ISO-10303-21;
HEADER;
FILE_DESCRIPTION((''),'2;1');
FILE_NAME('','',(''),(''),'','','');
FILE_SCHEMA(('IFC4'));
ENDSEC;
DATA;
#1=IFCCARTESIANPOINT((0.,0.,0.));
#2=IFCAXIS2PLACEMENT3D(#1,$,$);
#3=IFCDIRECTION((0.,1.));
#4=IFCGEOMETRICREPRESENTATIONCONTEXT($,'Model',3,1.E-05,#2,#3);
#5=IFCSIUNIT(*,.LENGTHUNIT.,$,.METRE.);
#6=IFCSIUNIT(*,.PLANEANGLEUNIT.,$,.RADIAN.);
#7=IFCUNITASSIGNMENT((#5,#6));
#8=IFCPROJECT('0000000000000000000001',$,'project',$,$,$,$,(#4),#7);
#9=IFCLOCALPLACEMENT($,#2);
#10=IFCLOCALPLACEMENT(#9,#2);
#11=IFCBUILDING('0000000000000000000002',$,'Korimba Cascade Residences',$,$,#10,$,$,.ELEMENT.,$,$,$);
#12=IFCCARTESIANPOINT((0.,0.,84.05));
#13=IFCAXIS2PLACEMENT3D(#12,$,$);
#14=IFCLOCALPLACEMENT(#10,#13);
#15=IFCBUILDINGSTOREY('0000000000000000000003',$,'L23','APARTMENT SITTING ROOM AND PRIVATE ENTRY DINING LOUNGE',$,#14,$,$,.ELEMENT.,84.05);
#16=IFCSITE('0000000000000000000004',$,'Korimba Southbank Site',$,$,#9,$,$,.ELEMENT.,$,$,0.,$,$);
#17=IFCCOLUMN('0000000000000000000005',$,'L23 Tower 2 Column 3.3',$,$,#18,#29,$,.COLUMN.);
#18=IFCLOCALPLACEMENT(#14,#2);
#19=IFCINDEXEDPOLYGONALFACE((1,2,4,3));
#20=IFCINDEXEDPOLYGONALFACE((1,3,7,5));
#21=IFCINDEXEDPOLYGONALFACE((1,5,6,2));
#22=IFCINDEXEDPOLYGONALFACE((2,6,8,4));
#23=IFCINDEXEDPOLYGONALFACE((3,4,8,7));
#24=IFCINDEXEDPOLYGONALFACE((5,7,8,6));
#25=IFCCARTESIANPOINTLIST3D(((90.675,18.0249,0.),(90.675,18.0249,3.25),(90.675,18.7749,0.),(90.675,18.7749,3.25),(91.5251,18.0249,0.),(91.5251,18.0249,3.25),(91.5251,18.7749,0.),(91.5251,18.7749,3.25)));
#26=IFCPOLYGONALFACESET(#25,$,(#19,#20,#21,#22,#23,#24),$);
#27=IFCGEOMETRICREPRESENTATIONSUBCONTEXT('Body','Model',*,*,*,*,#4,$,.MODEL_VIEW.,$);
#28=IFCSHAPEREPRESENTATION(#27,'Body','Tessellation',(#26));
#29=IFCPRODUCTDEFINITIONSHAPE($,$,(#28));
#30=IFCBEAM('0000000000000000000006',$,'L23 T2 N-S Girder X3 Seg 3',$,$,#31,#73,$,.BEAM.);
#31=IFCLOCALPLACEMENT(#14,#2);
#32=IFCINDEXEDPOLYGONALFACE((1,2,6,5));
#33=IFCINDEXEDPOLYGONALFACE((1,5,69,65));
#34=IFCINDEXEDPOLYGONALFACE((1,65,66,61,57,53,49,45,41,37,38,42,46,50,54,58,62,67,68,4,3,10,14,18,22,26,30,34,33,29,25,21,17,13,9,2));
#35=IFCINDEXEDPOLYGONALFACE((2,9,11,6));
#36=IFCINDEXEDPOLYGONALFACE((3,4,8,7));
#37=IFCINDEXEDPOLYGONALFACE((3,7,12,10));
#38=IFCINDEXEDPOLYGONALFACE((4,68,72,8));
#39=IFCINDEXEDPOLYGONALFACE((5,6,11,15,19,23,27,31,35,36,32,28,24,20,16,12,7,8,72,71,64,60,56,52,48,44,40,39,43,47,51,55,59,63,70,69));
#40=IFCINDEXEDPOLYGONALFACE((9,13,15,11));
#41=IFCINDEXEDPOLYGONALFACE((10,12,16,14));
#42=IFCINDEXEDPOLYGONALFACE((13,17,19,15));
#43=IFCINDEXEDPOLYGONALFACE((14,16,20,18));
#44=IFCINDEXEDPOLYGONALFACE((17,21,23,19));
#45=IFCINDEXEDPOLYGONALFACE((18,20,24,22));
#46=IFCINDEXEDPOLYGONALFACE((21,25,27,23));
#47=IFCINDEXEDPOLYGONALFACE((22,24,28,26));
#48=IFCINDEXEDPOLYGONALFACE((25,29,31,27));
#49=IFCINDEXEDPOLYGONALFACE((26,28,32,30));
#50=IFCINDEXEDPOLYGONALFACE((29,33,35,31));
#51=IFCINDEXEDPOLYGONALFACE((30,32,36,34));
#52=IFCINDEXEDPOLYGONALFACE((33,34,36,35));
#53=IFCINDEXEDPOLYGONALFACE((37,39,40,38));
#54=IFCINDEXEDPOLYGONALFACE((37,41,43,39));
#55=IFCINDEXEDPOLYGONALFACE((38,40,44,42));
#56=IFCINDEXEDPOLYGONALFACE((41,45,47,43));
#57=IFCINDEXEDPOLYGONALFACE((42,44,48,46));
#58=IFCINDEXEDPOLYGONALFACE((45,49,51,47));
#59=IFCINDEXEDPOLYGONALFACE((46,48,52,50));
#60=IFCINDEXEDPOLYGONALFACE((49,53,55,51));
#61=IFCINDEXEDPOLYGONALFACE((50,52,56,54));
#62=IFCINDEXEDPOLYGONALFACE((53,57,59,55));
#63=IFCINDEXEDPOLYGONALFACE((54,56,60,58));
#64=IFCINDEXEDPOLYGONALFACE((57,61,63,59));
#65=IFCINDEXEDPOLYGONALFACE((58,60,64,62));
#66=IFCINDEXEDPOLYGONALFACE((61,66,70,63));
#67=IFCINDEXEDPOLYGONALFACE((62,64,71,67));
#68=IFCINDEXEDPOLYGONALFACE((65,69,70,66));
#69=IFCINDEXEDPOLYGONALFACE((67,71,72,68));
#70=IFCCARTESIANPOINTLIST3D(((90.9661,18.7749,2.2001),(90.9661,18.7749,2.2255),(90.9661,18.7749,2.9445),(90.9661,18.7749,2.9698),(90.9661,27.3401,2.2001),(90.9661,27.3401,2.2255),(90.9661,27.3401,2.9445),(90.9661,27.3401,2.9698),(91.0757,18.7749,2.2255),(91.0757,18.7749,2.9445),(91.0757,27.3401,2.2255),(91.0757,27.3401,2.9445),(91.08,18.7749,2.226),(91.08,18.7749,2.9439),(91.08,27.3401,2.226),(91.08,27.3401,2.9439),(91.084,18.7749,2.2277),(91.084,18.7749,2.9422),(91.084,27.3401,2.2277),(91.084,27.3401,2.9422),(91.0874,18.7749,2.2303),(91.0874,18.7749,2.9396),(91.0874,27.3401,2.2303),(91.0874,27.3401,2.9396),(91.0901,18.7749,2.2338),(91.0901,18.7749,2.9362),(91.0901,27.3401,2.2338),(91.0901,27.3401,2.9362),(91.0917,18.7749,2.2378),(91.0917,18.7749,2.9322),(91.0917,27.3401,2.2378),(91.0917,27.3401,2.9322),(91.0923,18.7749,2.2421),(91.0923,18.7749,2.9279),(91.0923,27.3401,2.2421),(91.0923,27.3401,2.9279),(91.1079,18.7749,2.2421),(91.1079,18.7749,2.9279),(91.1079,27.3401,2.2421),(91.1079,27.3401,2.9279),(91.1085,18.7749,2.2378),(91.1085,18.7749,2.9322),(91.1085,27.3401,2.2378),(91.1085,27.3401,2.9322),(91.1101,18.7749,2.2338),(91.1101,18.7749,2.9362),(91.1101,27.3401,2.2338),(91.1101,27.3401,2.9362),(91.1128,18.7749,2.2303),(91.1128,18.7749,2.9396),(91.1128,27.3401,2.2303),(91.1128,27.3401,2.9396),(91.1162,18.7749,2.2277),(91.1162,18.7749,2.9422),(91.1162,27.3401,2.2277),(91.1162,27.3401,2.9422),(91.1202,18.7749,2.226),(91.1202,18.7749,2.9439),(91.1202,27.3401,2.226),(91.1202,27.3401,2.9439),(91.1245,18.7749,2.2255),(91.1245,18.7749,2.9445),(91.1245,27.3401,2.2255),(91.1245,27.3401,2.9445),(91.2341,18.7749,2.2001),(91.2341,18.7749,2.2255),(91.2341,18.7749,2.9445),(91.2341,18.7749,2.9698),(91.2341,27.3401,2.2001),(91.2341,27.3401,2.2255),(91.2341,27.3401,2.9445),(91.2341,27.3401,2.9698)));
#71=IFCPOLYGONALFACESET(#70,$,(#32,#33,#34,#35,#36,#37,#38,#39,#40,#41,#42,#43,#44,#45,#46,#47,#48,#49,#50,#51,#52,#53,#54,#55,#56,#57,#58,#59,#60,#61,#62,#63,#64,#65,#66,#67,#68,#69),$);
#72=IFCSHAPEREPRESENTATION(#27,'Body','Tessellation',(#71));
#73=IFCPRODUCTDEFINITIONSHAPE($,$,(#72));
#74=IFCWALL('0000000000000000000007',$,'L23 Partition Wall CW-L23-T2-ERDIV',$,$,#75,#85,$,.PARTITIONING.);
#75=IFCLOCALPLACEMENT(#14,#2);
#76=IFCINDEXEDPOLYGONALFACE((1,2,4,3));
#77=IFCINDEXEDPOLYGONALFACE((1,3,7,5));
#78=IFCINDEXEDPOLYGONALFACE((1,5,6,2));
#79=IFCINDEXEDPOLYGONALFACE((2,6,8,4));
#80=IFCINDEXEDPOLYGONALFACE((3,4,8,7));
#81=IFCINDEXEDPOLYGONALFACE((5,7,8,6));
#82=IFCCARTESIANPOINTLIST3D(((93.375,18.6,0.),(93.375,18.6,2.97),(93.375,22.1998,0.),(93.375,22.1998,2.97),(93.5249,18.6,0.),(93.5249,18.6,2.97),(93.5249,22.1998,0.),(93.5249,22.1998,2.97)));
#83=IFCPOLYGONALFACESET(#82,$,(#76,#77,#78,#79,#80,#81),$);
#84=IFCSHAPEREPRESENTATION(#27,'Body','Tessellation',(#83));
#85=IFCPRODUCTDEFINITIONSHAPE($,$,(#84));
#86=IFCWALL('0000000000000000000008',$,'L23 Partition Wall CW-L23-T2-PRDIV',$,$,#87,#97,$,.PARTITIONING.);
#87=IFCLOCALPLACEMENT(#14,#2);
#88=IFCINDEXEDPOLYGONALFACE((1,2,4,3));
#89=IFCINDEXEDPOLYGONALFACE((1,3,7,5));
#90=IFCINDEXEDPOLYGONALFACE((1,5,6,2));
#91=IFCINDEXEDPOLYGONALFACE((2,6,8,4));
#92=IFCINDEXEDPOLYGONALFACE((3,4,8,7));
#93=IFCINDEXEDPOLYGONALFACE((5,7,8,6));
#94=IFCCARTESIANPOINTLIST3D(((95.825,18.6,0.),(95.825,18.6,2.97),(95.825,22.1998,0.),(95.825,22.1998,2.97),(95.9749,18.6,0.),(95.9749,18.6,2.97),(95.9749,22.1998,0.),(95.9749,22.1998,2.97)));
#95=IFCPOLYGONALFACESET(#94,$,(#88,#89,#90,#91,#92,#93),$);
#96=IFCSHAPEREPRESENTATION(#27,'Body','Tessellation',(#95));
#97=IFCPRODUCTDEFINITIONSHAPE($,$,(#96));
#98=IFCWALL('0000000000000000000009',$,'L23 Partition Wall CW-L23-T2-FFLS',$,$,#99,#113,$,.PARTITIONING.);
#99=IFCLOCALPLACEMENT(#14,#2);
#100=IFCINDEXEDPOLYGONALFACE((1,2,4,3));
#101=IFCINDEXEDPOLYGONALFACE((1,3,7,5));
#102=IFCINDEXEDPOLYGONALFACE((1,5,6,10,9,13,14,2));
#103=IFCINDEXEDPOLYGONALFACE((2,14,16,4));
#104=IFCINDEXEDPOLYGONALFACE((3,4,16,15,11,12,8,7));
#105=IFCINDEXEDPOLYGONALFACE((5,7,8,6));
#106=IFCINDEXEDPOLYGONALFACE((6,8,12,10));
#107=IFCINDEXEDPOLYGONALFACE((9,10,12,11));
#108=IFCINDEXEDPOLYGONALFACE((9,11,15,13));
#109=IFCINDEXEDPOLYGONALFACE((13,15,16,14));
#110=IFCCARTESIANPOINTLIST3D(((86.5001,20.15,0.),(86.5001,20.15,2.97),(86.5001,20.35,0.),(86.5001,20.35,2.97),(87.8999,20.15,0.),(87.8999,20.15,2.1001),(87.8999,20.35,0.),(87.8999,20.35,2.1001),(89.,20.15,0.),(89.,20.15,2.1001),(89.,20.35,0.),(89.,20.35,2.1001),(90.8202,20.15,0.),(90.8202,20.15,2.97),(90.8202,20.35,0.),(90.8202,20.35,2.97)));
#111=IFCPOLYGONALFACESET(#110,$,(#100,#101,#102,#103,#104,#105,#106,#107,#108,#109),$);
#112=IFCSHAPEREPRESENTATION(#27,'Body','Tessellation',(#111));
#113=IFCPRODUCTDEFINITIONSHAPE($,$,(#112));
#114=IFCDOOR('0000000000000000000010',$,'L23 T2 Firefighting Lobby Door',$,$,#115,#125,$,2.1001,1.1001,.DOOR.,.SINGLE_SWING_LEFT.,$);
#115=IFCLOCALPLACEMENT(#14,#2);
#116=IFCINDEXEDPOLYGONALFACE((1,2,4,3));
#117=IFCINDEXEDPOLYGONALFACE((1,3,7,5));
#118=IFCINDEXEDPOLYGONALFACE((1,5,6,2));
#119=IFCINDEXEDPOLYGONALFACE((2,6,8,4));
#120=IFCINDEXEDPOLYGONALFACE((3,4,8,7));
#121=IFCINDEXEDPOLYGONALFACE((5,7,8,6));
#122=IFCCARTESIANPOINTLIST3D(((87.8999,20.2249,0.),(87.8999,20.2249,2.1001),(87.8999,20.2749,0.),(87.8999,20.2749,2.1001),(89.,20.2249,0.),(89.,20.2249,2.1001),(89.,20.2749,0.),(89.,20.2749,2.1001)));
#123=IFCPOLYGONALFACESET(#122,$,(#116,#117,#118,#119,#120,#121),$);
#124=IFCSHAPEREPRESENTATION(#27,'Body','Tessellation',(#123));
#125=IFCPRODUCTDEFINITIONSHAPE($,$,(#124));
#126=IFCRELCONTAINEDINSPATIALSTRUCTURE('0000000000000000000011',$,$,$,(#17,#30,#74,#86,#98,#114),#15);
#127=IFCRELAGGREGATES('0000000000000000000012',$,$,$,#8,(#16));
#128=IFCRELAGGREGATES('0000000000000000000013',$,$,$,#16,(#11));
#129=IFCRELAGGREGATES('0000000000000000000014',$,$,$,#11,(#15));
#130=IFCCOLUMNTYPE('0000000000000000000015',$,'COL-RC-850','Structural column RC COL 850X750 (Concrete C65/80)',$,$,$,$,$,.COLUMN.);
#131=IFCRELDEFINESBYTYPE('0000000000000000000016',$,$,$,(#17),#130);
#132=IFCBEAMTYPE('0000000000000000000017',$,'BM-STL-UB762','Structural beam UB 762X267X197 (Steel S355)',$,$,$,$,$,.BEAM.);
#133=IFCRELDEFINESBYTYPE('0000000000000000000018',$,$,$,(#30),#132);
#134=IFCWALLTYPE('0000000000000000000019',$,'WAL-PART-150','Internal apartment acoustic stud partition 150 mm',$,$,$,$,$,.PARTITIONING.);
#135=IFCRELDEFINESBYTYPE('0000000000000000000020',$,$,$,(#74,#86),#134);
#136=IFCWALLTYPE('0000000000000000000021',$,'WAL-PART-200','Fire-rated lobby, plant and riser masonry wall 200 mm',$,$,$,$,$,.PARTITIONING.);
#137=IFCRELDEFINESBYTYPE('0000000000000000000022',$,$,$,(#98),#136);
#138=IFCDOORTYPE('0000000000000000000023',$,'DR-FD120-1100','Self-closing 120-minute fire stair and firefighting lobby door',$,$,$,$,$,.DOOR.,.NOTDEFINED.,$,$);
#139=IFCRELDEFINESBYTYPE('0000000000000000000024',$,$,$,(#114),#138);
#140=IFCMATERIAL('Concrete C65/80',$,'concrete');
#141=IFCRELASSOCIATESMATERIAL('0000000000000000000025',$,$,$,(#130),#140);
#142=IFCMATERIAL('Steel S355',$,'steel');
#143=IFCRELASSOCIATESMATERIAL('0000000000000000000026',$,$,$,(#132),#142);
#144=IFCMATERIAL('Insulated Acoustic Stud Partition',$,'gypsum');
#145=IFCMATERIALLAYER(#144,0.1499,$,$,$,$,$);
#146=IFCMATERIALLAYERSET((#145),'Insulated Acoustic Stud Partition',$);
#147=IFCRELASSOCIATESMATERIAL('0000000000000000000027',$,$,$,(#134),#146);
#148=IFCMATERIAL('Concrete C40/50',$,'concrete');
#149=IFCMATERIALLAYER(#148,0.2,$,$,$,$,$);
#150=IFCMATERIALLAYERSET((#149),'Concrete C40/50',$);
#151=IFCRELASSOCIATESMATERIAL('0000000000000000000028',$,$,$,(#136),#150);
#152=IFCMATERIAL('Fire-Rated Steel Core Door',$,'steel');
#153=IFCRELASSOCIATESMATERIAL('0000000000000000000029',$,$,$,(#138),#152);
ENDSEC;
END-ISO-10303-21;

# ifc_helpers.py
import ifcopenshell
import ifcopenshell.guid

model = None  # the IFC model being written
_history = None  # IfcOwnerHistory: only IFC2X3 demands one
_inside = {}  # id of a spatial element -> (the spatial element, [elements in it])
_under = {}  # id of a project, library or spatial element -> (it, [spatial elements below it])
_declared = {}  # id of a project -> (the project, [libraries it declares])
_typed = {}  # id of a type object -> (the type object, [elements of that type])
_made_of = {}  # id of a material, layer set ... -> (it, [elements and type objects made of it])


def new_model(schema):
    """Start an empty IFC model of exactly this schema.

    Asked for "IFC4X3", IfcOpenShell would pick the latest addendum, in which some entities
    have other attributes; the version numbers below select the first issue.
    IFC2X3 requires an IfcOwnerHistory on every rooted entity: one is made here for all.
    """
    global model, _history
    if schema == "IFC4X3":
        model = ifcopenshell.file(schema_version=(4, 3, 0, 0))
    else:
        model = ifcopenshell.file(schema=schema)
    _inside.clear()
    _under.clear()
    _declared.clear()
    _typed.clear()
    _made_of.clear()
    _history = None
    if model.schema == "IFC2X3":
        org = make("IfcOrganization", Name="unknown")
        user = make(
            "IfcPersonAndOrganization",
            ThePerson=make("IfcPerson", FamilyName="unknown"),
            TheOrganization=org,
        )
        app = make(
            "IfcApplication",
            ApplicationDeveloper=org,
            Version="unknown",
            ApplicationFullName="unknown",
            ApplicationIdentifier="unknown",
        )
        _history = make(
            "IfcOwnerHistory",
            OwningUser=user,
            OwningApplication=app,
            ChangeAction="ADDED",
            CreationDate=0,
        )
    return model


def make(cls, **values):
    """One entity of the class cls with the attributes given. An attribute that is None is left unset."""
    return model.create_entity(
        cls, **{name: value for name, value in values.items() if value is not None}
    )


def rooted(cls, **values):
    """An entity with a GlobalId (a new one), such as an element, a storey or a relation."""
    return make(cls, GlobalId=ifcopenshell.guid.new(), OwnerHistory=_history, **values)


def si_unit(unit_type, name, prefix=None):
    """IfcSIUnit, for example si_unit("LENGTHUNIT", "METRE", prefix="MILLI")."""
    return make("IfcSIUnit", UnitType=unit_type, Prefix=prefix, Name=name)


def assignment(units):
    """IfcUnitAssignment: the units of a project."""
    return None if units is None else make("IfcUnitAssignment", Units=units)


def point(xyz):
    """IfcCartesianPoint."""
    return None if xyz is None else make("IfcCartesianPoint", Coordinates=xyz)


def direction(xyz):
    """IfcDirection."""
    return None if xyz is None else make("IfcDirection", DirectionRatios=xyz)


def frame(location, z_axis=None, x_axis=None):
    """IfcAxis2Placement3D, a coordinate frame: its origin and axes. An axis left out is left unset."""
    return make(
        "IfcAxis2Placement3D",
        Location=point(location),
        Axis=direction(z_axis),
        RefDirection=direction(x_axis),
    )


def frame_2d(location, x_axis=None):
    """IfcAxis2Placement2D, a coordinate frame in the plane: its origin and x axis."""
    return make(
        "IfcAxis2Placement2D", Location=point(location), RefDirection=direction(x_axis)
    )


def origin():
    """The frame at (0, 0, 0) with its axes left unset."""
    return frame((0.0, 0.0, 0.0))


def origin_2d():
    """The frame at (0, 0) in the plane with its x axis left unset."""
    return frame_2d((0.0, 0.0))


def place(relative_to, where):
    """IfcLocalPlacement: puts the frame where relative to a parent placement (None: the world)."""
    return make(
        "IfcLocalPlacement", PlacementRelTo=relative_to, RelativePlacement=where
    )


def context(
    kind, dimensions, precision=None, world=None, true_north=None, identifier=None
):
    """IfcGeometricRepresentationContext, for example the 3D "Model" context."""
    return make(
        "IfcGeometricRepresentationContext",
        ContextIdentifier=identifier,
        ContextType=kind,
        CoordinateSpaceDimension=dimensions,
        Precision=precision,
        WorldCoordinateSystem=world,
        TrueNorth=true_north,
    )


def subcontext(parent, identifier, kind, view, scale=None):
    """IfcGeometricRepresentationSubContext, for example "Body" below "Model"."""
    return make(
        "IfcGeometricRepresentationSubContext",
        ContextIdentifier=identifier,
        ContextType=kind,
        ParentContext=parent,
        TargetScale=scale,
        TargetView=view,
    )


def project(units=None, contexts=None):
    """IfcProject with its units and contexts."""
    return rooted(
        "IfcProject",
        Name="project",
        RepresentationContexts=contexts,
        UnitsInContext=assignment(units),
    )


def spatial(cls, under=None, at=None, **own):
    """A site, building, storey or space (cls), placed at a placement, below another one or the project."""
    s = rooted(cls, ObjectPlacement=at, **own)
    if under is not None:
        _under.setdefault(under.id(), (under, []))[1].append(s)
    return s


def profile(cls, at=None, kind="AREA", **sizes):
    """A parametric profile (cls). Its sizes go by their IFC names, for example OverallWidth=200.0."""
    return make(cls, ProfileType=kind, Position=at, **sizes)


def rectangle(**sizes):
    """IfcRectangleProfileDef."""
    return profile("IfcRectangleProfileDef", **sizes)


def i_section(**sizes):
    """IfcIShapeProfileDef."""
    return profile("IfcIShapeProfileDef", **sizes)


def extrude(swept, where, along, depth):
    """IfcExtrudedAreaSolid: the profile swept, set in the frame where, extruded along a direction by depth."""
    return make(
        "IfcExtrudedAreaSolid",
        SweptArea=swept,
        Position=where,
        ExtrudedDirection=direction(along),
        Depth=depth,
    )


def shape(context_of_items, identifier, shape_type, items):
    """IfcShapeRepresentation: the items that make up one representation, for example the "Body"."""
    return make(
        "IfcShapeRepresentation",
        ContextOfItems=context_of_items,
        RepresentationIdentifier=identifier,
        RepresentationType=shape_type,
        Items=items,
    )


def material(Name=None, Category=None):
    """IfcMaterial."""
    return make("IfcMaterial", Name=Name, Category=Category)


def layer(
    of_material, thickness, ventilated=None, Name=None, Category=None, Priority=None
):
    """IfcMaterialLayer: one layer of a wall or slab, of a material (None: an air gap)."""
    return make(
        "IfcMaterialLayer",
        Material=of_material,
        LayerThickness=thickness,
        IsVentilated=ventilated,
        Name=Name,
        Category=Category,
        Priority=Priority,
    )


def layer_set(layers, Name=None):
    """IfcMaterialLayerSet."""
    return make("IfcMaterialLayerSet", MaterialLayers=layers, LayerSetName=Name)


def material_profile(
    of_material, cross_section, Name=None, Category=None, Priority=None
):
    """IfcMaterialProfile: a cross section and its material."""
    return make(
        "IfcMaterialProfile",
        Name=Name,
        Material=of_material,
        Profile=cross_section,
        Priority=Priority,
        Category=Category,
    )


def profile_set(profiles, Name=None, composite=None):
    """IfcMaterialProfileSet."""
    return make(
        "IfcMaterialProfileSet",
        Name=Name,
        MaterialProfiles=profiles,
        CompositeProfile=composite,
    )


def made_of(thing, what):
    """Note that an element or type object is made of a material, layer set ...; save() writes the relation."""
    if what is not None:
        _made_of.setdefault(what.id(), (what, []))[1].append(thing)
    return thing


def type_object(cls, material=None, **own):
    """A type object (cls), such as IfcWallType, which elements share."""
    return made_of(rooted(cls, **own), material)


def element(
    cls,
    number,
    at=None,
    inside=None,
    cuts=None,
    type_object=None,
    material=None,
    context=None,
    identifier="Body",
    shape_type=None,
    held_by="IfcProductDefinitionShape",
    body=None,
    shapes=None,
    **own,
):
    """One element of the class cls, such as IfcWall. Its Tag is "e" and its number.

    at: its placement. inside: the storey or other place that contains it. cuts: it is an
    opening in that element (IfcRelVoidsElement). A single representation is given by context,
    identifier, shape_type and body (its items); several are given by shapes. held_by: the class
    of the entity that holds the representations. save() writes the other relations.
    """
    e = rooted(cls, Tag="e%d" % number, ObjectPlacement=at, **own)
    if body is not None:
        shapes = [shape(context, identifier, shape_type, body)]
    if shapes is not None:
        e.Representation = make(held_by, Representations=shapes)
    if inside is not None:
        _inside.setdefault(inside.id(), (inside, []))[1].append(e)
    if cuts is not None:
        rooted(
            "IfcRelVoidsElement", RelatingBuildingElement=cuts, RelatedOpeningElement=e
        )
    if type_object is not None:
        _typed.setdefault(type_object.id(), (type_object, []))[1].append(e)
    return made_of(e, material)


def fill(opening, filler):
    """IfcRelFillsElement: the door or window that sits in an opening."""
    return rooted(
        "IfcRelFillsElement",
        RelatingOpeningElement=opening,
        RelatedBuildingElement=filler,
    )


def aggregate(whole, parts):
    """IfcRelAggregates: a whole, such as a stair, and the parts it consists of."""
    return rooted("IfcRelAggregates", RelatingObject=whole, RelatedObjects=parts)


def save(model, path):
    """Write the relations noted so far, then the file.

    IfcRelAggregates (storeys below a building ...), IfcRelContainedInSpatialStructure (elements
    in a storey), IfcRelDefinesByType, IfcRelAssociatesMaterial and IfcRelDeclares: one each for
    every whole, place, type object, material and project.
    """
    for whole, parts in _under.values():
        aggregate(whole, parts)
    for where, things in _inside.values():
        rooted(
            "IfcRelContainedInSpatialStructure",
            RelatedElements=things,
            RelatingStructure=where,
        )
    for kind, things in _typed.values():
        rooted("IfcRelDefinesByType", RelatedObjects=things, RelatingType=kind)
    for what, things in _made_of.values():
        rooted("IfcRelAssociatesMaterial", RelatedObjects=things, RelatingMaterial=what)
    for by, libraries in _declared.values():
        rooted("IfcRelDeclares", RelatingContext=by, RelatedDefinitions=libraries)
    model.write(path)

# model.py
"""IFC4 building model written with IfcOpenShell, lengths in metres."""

from ifc_helpers import new_model, si_unit, direction, frame, frame_2d, origin, origin_2d, place, context, subcontext, project, spatial, rectangle, i_section, extrude, material, layer, layer_set, material_profile, profile_set, type_object, element, fill, save


model = new_model("IFC4")

# Units and contexts
model_context = context("Model", 3, precision=1e-05, world=origin(), true_north=direction((0.0, 1.0)))
body_context = subcontext(model_context, "Body", "Model", "MODEL_VIEW")
ifc_project = project(units=[si_unit("LENGTHUNIT", "METRE"), si_unit("PLANEANGLEUNIT", "RADIAN")], contexts=[model_context])

# Site, building, storey
site_placement = place(None, origin())
site = spatial("IfcSite", under=ifc_project, at=site_placement, Name="Korimba Southbank Site", CompositionType="ELEMENT", RefElevation=0.0)
building_placement = place(site_placement, origin())
building = spatial("IfcBuilding", under=site, at=building_placement, Name="Korimba Cascade Residences", CompositionType="ELEMENT")
storey_placement = place(building_placement, frame((0.0, 0.0, 84.05)))
storey = spatial("IfcBuildingStorey", under=building, at=storey_placement, Name="L23", Description="APARTMENT SITTING ROOM AND PRIVATE ENTRY DINING LOUNGE", CompositionType="ELEMENT", Elevation=84.05)

# Column
ifc_material_1 = material(Name="Concrete C65/80", Category="concrete")
ifc_material_profile_1 = material_profile(ifc_material_1, rectangle(XDim=0.8501, YDim=0.75, at=origin_2d()), Name="Concrete C65/80")
ifc_profile_set_1 = profile_set([ifc_material_profile_1], Name="Concrete C65/80")
column_type = type_object("IfcColumnType", Name="COL-RC-850", Description="Structural column RC COL 850X750 (Concrete C65/80)", PredefinedType="COLUMN", material=ifc_profile_set_1)
column_placement = place(storey_placement, frame((91.1001, 18.3999, 0.0), z_axis=(0.0, 0.0, 1.0), x_axis=(1.0, 0.0, 0.0)))
element("IfcColumn", 1, at=column_placement, inside=storey, type_object=column_type, Name="L23 Tower 2 Column 3.3", PredefinedType="COLUMN", context=body_context, shape_type="SweptSolid", body=[
    extrude(rectangle(XDim=0.8501, YDim=0.75, at=origin_2d()), origin(), (0.0, 0.0, 1.0), 3.25),
])

# Beam
ifc_material_2 = material(Name="Steel S355", Category="steel")
ifc_material_profile_2 = material_profile(ifc_material_2, i_section(OverallWidth=0.2681, OverallDepth=0.7698, WebThickness=0.0156, FlangeThickness=0.0254, FilletRadius=0.0166, at=origin_2d()), Name="Steel S355")
ifc_profile_set_2 = profile_set([ifc_material_profile_2], Name="Steel S355")
beam_type = type_object("IfcBeamType", Name="BM-STL-UB762", Description="Structural beam UB 762X267X197 (Steel S355)", PredefinedType="BEAM", material=ifc_profile_set_2)
beam_placement = place(storey_placement, frame((91.1001, 18.7749, 2.585), z_axis=(0.0, 1.0, 0.0), x_axis=(-1.0, 0.0, 0.0)))
element("IfcBeam", 2, at=beam_placement, inside=storey, type_object=beam_type, Name="L23 T2 N-S Girder X3 Seg 3", PredefinedType="BEAM", context=body_context, shape_type="SweptSolid", body=[
    extrude(i_section(OverallWidth=0.2681, OverallDepth=0.7698, WebThickness=0.0156, FlangeThickness=0.0254, FilletRadius=0.0166, at=origin_2d()), origin(), (0.0, 0.0, 1.0), 8.5652),
])

# Walls
ifc_material_3 = material(Name="Insulated Acoustic Stud Partition", Category="gypsum")
ifc_layer_1 = layer(ifc_material_3, 0.1499)
ifc_layer_set_1 = layer_set([ifc_layer_1], Name="Insulated Acoustic Stud Partition")
wall_type_1 = type_object("IfcWallType", Name="WAL-PART-150", Description="Internal apartment acoustic stud partition 150 mm", PredefinedType="PARTITIONING", material=ifc_layer_set_1)
for number, where, z_axis, x_axis, name in (
    (3, (93.45, 18.6001, 0.0), (0.0, 0.0, 1.0), (0.0, 1.0, 0.0), "L23 Partition Wall CW-L23-T2-ERDIV"),
    (4, (95.8999, 18.6001, 0.0), (0.0, 0.0, 1.0), (0.0, 1.0, 0.0), "L23 Partition Wall CW-L23-T2-PRDIV"),
):
    element("IfcWall", number, at=place(storey_placement, frame(where, z_axis=z_axis, x_axis=x_axis)), inside=storey, type_object=wall_type_1, Name=name, PredefinedType="PARTITIONING", context=body_context, shape_type="SweptSolid", body=[
        extrude(rectangle(XDim=3.5999, YDim=0.1499, at=frame_2d((1.7998, 0.0))), origin(), (0.0, 0.0, 1.0), 2.97),
    ])

# Wall, opening, door
ifc_material_4 = material(Name="Concrete C40/50", Category="concrete")
ifc_layer_2 = layer(ifc_material_4, 0.2)
ifc_layer_set_2 = layer_set([ifc_layer_2], Name="Concrete C40/50")
wall_type_2 = type_object("IfcWallType", Name="WAL-PART-200", Description="Fire-rated lobby, plant and riser masonry wall 200 mm", PredefinedType="PARTITIONING", material=ifc_layer_set_2)
wall_1_placement = place(storey_placement, frame((86.5, 20.25, 0.0), z_axis=(0.0, 0.0, 1.0), x_axis=(1.0, 0.0, 0.0)))
wall_1 = element("IfcWall", 5, at=wall_1_placement, inside=storey, type_object=wall_type_2, Name="L23 Partition Wall CW-L23-T2-FFLS", PredefinedType="PARTITIONING", context=body_context, shape_type="SweptSolid", body=[
    extrude(rectangle(XDim=4.3201, YDim=0.2, at=frame_2d((2.1602, 0.0))), origin(), (0.0, 0.0, 1.0), 2.97),
])
opening_1_placement = place(wall_1_placement, frame((1.3999, 0.0, 0.0)))
opening_1 = element("IfcOpeningElement", 6, at=opening_1_placement, cuts=wall_1, PredefinedType="OPENING", context=body_context, shape_type="SweptSolid", body=[
    extrude(rectangle(XDim=1.1001, YDim=2.1001, at=frame_2d((0.55, 1.05))), frame((0.0, 0.1099, 0.0), z_axis=(0.0, -1.0, 0.0), x_axis=(1.0, 0.0, 0.0)), (0.0, 0.0, 1.0), 0.22),
])
ifc_material_5 = material(Name="Fire-Rated Steel Core Door", Category="steel")
door_type_1 = type_object("IfcDoorType", Name="DR-FD120-1100", Description="Self-closing 120-minute fire stair and firefighting lobby door", OperationType="NOTDEFINED", PredefinedType="DOOR", material=ifc_material_5)
door_1_placement = place(opening_1_placement, origin())
door_1 = element("IfcDoor", 7, at=door_1_placement, inside=storey, type_object=door_type_1, Name="L23 T2 Firefighting Lobby Door", OperationType="SINGLE_SWING_LEFT", OverallHeight=2.1001, OverallWidth=1.1001, PredefinedType="DOOR", context=body_context, shape_type="SweptSolid", body=[
    extrude(rectangle(XDim=1.1001, YDim=2.1001, at=frame_2d((0.55, 1.05))), frame((0.0, 0.0249, 0.0), z_axis=(0.0, -1.0, 0.0), x_axis=(1.0, 0.0, 0.0)), (0.0, 0.0, 1.0), 0.05),
])
fill(opening_1, door_1)

save(model, "model.ifc")
